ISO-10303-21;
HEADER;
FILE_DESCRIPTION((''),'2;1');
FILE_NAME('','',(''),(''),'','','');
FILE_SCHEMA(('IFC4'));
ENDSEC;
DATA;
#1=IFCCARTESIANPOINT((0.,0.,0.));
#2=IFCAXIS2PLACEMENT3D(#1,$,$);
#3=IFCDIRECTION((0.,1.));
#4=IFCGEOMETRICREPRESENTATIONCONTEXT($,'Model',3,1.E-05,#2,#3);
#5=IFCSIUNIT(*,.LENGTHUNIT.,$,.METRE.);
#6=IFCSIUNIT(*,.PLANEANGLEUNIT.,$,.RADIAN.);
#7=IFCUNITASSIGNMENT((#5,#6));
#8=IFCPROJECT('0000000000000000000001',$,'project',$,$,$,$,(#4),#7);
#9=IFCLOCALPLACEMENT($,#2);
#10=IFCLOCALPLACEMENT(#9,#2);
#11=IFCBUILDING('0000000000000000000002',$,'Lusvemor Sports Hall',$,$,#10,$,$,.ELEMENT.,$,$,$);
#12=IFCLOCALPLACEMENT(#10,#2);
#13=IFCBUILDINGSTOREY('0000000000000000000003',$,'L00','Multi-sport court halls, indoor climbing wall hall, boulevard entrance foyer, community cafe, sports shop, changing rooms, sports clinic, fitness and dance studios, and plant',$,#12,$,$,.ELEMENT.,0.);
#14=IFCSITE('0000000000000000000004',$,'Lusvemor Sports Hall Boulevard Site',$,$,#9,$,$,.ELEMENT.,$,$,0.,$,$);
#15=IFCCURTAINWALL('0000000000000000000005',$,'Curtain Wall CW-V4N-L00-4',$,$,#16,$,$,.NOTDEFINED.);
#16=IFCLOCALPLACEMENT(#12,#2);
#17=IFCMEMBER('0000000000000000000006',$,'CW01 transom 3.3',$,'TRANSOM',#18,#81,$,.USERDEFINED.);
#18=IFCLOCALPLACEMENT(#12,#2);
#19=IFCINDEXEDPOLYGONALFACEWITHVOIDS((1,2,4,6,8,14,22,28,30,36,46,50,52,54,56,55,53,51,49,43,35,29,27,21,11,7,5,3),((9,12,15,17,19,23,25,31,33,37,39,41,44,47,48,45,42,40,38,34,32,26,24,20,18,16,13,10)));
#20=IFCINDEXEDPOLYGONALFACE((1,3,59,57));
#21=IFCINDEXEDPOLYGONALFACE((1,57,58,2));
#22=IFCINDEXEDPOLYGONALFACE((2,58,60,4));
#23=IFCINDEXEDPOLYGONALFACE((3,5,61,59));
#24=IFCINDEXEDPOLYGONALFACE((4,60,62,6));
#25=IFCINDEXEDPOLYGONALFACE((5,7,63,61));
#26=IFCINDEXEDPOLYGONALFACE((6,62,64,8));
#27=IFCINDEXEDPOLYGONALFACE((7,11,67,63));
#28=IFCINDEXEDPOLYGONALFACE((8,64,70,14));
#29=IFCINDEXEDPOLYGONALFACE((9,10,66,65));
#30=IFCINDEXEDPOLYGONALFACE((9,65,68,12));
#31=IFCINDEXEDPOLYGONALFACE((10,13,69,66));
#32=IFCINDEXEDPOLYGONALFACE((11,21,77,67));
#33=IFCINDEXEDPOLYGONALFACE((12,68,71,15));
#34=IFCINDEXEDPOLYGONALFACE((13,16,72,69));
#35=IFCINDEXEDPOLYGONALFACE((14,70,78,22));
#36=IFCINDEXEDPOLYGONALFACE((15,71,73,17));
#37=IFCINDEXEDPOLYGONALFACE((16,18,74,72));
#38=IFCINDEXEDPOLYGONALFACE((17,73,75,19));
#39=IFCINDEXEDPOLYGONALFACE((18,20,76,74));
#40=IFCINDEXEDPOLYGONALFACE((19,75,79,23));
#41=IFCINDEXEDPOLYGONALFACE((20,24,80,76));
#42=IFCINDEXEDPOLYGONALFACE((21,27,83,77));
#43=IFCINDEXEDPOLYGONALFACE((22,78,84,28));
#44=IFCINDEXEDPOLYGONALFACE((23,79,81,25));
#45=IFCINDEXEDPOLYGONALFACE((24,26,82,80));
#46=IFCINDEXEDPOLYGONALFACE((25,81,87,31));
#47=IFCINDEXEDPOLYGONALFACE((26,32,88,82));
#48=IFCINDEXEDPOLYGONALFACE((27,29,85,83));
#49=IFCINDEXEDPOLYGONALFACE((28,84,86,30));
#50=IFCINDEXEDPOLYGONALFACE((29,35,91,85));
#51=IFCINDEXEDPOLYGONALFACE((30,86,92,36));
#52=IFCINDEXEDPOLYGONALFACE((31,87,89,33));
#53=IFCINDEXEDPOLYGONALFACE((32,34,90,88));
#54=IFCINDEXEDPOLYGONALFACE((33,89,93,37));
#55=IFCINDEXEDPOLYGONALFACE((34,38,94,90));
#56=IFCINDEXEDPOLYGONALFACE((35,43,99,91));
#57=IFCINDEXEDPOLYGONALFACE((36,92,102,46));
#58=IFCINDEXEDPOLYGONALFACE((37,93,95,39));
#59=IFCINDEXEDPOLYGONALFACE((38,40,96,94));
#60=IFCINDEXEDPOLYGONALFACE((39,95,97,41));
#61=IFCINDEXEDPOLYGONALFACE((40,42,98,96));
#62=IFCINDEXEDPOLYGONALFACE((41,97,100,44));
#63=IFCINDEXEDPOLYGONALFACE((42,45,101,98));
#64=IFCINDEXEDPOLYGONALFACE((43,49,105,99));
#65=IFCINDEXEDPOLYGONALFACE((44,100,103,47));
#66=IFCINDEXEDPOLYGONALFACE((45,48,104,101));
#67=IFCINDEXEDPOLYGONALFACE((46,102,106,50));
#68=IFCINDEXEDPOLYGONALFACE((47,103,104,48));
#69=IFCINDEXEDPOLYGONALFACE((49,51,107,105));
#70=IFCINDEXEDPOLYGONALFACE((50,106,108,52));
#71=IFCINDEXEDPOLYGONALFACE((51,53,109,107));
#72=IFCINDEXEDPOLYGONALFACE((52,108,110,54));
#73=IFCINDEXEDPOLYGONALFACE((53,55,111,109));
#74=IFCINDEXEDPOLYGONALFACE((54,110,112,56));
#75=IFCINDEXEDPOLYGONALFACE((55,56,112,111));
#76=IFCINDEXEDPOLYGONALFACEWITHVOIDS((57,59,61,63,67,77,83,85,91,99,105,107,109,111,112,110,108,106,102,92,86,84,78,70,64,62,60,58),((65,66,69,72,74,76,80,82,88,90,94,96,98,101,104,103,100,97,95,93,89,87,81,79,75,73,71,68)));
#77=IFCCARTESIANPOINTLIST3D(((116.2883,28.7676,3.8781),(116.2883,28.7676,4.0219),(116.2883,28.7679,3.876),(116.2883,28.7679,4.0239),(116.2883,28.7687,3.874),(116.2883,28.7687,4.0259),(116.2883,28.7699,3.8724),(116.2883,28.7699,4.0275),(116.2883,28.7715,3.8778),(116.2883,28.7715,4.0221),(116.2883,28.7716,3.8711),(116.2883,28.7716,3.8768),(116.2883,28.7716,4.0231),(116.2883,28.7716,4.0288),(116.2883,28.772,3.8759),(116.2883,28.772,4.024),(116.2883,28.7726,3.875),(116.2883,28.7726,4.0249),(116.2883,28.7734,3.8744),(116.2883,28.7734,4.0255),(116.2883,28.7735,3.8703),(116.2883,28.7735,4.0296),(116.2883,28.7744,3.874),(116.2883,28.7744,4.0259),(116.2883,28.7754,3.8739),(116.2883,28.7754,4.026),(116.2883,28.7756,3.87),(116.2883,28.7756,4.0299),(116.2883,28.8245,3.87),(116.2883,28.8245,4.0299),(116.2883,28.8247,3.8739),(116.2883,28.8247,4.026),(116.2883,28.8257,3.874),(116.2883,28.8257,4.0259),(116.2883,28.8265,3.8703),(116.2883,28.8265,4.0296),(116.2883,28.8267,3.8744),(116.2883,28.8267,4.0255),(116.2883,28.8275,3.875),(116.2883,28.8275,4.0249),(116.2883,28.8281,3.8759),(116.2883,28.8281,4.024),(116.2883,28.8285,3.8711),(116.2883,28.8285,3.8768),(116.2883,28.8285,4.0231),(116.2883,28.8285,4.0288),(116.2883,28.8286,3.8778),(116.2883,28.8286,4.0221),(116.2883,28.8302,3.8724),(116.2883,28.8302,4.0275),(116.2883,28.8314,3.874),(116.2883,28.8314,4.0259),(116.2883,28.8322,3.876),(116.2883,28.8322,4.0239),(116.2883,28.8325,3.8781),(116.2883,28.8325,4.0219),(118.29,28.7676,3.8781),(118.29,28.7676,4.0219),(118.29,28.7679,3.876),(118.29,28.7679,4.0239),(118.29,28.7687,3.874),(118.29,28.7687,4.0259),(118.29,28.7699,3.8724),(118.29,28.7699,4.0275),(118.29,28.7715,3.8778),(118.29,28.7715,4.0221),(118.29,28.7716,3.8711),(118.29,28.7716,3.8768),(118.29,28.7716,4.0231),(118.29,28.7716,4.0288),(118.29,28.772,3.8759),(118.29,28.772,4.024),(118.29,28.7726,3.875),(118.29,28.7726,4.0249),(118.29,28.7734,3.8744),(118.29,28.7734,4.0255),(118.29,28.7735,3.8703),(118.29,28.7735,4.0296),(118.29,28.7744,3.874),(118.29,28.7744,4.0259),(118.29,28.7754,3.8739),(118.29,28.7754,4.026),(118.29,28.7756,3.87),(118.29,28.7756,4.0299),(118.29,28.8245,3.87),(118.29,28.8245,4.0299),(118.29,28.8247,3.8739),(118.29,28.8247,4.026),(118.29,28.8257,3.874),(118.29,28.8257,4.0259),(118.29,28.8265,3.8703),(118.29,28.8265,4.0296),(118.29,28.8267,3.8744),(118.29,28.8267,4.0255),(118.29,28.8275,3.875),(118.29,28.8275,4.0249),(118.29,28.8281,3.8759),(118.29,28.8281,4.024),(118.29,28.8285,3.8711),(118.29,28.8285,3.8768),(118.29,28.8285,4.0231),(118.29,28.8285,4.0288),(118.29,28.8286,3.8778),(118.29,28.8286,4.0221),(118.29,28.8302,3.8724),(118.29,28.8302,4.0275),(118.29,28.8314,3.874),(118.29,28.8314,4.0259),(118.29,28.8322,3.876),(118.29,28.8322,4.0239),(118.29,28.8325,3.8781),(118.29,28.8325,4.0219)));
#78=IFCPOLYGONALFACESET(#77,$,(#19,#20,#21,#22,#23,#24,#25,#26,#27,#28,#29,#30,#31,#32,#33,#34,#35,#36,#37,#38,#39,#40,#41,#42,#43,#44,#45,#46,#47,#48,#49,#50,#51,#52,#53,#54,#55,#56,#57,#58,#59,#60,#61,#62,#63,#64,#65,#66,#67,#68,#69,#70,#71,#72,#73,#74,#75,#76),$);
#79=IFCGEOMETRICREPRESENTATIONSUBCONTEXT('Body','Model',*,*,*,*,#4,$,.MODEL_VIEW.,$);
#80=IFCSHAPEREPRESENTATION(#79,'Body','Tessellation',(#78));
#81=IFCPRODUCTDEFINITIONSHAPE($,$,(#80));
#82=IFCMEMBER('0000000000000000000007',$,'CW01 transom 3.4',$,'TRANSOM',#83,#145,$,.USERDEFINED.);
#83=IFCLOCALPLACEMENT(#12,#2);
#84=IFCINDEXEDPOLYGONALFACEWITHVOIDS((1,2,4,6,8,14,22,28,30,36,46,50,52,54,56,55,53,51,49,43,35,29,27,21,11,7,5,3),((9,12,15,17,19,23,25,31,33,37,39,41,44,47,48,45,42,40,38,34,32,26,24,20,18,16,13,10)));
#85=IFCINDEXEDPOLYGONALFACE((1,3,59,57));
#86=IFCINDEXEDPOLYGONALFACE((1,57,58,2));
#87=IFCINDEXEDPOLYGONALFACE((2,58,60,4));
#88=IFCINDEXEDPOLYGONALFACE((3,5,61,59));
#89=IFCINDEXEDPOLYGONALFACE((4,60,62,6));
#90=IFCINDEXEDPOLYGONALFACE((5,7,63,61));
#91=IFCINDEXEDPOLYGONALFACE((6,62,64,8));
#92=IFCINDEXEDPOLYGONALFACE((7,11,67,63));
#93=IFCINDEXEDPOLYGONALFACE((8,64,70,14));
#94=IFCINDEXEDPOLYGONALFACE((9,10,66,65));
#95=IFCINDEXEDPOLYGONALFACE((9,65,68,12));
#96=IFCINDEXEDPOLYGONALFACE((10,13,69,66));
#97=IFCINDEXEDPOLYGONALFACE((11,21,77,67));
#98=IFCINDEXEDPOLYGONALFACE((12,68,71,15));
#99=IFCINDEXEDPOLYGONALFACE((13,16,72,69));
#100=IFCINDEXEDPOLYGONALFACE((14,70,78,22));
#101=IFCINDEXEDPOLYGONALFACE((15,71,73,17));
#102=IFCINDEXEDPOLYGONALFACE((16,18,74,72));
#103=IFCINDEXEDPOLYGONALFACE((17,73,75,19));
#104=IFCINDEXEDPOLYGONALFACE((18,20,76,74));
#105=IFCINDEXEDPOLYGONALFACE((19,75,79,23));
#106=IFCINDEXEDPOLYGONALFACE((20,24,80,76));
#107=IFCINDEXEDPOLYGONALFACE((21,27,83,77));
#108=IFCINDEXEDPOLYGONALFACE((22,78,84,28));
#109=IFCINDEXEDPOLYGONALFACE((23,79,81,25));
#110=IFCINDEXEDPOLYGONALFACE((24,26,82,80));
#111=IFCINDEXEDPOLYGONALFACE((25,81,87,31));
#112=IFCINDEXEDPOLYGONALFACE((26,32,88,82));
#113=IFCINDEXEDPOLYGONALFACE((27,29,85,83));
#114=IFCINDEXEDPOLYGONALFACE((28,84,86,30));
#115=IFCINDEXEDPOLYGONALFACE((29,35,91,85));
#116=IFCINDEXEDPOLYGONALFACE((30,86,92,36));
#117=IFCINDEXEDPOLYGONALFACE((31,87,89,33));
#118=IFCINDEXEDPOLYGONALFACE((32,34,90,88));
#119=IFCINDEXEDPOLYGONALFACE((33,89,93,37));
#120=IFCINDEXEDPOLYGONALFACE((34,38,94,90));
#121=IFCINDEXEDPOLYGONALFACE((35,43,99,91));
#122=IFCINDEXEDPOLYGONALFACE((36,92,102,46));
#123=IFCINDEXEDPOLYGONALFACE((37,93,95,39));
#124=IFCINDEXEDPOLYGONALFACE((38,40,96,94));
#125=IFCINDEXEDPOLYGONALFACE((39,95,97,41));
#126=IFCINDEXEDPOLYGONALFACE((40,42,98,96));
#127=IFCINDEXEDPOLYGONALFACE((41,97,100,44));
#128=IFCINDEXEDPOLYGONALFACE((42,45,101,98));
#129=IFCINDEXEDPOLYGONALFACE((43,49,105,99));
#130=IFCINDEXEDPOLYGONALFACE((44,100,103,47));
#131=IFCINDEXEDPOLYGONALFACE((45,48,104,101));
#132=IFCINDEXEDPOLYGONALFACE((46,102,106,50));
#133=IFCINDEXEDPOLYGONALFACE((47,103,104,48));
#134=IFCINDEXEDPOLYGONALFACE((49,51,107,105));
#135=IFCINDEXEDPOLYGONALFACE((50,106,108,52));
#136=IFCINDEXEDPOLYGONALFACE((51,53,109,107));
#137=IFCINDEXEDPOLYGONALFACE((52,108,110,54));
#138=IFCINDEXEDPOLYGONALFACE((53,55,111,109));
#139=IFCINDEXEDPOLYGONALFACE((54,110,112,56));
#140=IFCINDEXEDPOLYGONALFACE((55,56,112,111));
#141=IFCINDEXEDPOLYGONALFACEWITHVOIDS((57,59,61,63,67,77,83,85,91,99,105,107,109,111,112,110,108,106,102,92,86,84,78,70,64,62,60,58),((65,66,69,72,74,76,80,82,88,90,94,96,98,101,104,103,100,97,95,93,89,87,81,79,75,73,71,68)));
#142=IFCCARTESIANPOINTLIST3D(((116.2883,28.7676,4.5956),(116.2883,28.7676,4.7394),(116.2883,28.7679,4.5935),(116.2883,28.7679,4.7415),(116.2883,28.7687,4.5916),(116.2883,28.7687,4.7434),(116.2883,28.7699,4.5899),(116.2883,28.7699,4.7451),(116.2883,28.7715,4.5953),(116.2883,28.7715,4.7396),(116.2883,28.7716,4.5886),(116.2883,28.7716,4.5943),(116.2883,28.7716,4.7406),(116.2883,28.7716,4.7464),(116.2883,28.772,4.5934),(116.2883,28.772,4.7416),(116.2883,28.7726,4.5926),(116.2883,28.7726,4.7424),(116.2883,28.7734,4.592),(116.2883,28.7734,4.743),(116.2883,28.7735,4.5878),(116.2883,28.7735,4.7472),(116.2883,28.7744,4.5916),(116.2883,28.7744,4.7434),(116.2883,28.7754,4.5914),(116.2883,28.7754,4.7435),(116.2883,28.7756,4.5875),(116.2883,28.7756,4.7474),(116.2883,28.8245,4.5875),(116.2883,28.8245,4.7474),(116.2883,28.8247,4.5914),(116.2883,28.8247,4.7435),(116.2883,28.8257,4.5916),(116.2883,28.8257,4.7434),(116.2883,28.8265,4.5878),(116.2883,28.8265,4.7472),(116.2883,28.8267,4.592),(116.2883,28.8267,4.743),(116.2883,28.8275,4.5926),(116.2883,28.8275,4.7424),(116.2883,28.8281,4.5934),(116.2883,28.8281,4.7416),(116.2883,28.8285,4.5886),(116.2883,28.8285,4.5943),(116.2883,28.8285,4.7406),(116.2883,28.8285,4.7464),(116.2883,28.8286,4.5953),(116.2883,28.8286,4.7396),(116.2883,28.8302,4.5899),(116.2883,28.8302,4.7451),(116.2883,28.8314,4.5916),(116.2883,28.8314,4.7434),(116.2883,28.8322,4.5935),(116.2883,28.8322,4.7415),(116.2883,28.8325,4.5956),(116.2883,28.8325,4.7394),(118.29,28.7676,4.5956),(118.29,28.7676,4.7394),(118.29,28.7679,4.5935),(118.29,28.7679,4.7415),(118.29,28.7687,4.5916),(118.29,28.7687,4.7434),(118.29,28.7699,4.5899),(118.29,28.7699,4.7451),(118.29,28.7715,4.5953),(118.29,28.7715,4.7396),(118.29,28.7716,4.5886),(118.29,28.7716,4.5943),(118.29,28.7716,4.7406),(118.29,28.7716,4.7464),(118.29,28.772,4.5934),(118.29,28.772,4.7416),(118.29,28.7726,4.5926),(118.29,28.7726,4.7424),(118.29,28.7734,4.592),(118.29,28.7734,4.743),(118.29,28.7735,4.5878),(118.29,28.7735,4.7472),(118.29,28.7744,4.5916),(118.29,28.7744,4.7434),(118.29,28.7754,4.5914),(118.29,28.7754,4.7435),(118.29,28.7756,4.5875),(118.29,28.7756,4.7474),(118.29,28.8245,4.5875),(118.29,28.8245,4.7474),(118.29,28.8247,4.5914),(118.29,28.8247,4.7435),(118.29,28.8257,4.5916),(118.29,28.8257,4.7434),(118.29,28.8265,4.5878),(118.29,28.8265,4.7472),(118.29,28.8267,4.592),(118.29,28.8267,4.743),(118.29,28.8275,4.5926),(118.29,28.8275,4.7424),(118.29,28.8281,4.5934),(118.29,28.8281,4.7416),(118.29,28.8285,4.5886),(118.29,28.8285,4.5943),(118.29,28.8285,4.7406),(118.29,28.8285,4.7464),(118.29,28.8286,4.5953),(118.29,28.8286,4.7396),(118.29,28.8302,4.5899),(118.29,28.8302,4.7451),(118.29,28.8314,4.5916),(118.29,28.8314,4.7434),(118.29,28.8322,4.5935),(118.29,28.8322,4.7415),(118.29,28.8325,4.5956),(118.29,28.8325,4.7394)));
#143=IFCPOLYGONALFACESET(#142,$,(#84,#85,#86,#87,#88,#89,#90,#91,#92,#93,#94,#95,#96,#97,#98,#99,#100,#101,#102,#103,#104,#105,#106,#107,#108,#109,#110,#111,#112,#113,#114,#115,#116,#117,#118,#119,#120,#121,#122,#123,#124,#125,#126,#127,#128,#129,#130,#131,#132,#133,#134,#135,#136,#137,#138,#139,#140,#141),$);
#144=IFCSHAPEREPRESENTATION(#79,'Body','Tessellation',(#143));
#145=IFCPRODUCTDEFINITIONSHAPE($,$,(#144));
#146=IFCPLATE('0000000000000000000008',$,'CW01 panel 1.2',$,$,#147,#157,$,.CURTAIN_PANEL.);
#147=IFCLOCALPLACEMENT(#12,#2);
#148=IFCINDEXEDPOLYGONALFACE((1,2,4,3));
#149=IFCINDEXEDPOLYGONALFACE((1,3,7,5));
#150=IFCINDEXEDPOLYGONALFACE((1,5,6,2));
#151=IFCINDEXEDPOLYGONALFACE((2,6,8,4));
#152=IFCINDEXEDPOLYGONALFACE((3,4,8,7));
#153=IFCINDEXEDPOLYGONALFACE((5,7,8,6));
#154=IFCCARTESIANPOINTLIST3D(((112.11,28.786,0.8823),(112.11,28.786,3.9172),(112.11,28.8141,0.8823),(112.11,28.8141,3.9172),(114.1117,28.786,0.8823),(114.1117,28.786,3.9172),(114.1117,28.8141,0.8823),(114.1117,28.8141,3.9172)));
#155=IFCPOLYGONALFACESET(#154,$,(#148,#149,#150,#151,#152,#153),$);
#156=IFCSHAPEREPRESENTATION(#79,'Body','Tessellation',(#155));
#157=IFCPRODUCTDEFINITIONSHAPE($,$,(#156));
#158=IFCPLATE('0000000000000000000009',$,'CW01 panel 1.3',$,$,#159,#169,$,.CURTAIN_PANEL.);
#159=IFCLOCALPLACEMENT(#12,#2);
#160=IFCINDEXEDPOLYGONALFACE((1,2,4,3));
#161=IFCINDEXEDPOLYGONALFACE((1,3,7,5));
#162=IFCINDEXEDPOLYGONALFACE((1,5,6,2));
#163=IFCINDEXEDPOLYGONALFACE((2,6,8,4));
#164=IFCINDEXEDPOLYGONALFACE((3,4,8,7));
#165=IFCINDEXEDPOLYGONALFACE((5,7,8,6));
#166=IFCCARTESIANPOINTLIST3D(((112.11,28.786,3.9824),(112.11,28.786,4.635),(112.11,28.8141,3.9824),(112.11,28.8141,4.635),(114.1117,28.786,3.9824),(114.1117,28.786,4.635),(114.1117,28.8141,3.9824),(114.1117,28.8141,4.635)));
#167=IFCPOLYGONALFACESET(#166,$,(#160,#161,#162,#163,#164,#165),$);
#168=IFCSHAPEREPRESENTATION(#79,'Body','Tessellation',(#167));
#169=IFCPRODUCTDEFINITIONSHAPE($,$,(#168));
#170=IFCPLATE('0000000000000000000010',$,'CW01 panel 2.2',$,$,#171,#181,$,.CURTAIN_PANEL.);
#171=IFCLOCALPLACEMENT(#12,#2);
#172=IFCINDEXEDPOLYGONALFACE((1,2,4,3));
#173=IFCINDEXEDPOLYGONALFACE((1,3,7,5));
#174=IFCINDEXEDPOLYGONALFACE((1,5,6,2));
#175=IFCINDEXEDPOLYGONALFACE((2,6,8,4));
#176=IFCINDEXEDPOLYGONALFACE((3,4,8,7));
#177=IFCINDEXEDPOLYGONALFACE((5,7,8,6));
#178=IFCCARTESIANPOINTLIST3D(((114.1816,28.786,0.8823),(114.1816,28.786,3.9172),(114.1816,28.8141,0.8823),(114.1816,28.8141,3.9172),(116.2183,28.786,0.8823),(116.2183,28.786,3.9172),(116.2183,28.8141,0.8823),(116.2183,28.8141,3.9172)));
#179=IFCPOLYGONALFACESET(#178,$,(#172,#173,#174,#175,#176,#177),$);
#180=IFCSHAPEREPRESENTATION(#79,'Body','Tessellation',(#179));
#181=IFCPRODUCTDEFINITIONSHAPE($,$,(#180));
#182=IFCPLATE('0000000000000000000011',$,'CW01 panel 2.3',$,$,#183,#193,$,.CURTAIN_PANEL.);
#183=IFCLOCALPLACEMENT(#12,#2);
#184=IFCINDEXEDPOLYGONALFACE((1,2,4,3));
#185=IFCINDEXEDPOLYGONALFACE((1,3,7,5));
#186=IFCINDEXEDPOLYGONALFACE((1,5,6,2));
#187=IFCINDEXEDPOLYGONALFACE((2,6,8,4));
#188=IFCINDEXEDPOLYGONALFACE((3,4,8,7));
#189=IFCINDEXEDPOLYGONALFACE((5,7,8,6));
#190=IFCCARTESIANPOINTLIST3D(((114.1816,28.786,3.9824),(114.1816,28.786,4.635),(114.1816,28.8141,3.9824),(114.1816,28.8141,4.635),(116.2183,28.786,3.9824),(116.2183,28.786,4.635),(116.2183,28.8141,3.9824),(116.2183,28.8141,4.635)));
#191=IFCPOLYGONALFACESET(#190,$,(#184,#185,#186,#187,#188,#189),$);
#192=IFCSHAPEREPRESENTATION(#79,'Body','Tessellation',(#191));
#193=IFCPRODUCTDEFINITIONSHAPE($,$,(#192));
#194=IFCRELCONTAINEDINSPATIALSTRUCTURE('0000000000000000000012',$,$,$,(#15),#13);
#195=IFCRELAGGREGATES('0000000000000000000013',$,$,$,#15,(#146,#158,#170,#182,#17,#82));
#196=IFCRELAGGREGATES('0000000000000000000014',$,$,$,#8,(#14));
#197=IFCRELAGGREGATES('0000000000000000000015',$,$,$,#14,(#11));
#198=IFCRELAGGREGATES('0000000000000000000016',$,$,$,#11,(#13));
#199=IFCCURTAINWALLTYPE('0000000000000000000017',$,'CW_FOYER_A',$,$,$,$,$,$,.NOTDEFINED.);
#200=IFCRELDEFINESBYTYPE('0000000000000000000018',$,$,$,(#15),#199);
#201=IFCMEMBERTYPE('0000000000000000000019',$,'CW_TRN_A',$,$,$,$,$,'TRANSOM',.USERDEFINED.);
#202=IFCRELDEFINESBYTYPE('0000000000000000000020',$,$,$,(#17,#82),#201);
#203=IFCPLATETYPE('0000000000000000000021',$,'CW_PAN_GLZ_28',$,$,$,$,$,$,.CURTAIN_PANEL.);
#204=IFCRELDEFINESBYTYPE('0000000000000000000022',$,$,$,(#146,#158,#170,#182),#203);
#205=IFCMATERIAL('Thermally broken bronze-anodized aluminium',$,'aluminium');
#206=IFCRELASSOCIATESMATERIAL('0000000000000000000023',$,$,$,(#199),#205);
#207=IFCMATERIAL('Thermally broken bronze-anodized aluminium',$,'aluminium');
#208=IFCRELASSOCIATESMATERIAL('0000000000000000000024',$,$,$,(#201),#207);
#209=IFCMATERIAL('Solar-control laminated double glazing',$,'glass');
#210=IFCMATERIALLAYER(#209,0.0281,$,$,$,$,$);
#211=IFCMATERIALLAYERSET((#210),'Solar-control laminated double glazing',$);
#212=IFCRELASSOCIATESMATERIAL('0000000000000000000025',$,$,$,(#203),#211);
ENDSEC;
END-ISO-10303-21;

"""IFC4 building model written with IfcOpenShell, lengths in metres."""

from ifc_helpers import new_model, si_unit, direction, frame, origin, origin_2d, place, context, subcontext, project, spatial, rectangle, hollow_rectangle, extrude, material, layer, layer_set, material_profile, profile_set, type_object, element, aggregate, save


model = new_model("IFC4")

# Units and contexts
model_context = context("Model", 3, precision=1e-05, world=origin(), true_north=direction((0.0, 1.0)))
body_context = subcontext(model_context, "Body", "Model", "MODEL_VIEW")
ifc_project = project(units=[si_unit("LENGTHUNIT", "METRE"), si_unit("PLANEANGLEUNIT", "RADIAN")], contexts=[model_context])

# Site, building, storey
site_placement = place(None, origin())
site = spatial("IfcSite", under=ifc_project, at=site_placement, Name="Lusvemor Sports Hall Boulevard Site", CompositionType="ELEMENT", RefElevation=0.0)
building_placement = place(site_placement, origin())
building = spatial("IfcBuilding", under=site, at=building_placement, Name="Lusvemor Sports Hall", CompositionType="ELEMENT")
storey_placement = place(building_placement, origin())
storey = spatial("IfcBuildingStorey", under=building, at=storey_placement, Name="L00", Description="Multi-sport court halls, indoor climbing wall hall, boulevard entrance foyer, community cafe, sports shop, changing rooms, sports clinic, fitness and dance studios, and plant", CompositionType="ELEMENT", Elevation=0.0)

# Curtain wall, members, plates
ifc_material_1 = material(Name="Thermally broken bronze-anodized aluminium", Category="aluminium")
curtain_wall_type = type_object("IfcCurtainWallType", Name="CW_FOYER_A", PredefinedType="NOTDEFINED", material=ifc_material_1)
curtain_wall_placement = place(storey_placement, origin())
curtain_wall = element("IfcCurtainWall", 1, at=curtain_wall_placement, inside=storey, type_object=curtain_wall_type, Name="Curtain Wall CW-V4N-L00-4", PredefinedType="NOTDEFINED")
ifc_material_2 = material(Name="Thermally broken bronze-anodized aluminium", Category="aluminium")
ifc_material_profile_1 = material_profile(ifc_material_2, hollow_rectangle(XDim=0.0649, YDim=0.1599, WallThickness=0.0039, InnerFilletRadius=0.0039, OuterFilletRadius=0.0081, at=origin_2d()), Name="CWTRN160x65x4")
ifc_profile_set_1 = profile_set([ifc_material_profile_1], Name="Thermally broken bronze-anodized aluminium")
member_type_1 = type_object("IfcMemberType", Name="CW_TRN_A", ElementType="TRANSOM", PredefinedType="USERDEFINED", material=ifc_profile_set_1)
member_1_placement = place(storey_placement, frame((116.2883, 28.8, 3.95), z_axis=(1.0, 0.0, 0.0), x_axis=(0.0, 1.0, 0.0)))
member_1 = element("IfcMember", 2, at=member_1_placement, type_object=member_type_1, Name="CW01 transom 3.3", ObjectType="TRANSOM", PredefinedType="USERDEFINED", context=body_context, shape_type="SweptSolid", body=[
    extrude(hollow_rectangle(XDim=0.0649, YDim=0.1599, WallThickness=0.0039, InnerFilletRadius=0.0039, OuterFilletRadius=0.0081, at=origin_2d()), origin(), (0.0, 0.0, 1.0), 2.0017),
])
member_2_placement = place(storey_placement, frame((116.2883, 28.8, 4.6675), z_axis=(1.0, 0.0, 0.0), x_axis=(0.0, 1.0, 0.0)))
member_2 = element("IfcMember", 3, at=member_2_placement, type_object=member_type_1, Name="CW01 transom 3.4", ObjectType="TRANSOM", PredefinedType="USERDEFINED", context=body_context, shape_type="SweptSolid", body=[
    extrude(hollow_rectangle(XDim=0.0649, YDim=0.1599, WallThickness=0.0039, InnerFilletRadius=0.0039, OuterFilletRadius=0.0081, at=origin_2d()), origin(), (0.0, 0.0, 1.0), 2.0017),
])
ifc_material_3 = material(Name="Solar-control laminated double glazing", Category="glass")
ifc_layer_1 = layer(ifc_material_3, 0.0281)
ifc_layer_set_1 = layer_set([ifc_layer_1], Name="Solar-control laminated double glazing")
plate_type_1 = type_object("IfcPlateType", Name="CW_PAN_GLZ_28", PredefinedType="CURTAIN_PANEL", material=ifc_layer_set_1)
plate_1_placement = place(storey_placement, frame((113.1108, 28.8, 0.8823), z_axis=(0.0, 0.0, 1.0), x_axis=(1.0, 0.0, 0.0)))
plate_1 = element("IfcPlate", 4, at=plate_1_placement, type_object=plate_type_1, Name="CW01 panel 1.2", PredefinedType="CURTAIN_PANEL", context=body_context, shape_type="SweptSolid", body=[
    extrude(rectangle(XDim=2.0017, YDim=0.0281, at=origin_2d()), origin(), (0.0, 0.0, 1.0), 3.0349),
])
plate_2_placement = place(storey_placement, frame((113.1108, 28.8, 3.9824), z_axis=(0.0, 0.0, 1.0), x_axis=(1.0, 0.0, 0.0)))
plate_2 = element("IfcPlate", 5, at=plate_2_placement, type_object=plate_type_1, Name="CW01 panel 1.3", PredefinedType="CURTAIN_PANEL", context=body_context, shape_type="SweptSolid", body=[
    extrude(rectangle(XDim=2.0017, YDim=0.0281, at=origin_2d()), origin(), (0.0, 0.0, 1.0), 0.6526),
])
plate_3_placement = place(storey_placement, frame((115.2, 28.8, 0.8823), z_axis=(0.0, 0.0, 1.0), x_axis=(1.0, 0.0, 0.0)))
plate_3 = element("IfcPlate", 6, at=plate_3_placement, type_object=plate_type_1, Name="CW01 panel 2.2", PredefinedType="CURTAIN_PANEL", context=body_context, shape_type="SweptSolid", body=[
    extrude(rectangle(XDim=2.0366, YDim=0.0281, at=origin_2d()), origin(), (0.0, 0.0, 1.0), 3.0349),
])
plate_4_placement = place(storey_placement, frame((115.2, 28.8, 3.9824), z_axis=(0.0, 0.0, 1.0), x_axis=(1.0, 0.0, 0.0)))
plate_4 = element("IfcPlate", 7, at=plate_4_placement, type_object=plate_type_1, Name="CW01 panel 2.3", PredefinedType="CURTAIN_PANEL", context=body_context, shape_type="SweptSolid", body=[
    extrude(rectangle(XDim=2.0366, YDim=0.0281, at=origin_2d()), origin(), (0.0, 0.0, 1.0), 0.6526),
])
aggregate(curtain_wall, [plate_1, plate_2, plate_3, plate_4, member_1, member_2])

save(model, "model.ifc")
